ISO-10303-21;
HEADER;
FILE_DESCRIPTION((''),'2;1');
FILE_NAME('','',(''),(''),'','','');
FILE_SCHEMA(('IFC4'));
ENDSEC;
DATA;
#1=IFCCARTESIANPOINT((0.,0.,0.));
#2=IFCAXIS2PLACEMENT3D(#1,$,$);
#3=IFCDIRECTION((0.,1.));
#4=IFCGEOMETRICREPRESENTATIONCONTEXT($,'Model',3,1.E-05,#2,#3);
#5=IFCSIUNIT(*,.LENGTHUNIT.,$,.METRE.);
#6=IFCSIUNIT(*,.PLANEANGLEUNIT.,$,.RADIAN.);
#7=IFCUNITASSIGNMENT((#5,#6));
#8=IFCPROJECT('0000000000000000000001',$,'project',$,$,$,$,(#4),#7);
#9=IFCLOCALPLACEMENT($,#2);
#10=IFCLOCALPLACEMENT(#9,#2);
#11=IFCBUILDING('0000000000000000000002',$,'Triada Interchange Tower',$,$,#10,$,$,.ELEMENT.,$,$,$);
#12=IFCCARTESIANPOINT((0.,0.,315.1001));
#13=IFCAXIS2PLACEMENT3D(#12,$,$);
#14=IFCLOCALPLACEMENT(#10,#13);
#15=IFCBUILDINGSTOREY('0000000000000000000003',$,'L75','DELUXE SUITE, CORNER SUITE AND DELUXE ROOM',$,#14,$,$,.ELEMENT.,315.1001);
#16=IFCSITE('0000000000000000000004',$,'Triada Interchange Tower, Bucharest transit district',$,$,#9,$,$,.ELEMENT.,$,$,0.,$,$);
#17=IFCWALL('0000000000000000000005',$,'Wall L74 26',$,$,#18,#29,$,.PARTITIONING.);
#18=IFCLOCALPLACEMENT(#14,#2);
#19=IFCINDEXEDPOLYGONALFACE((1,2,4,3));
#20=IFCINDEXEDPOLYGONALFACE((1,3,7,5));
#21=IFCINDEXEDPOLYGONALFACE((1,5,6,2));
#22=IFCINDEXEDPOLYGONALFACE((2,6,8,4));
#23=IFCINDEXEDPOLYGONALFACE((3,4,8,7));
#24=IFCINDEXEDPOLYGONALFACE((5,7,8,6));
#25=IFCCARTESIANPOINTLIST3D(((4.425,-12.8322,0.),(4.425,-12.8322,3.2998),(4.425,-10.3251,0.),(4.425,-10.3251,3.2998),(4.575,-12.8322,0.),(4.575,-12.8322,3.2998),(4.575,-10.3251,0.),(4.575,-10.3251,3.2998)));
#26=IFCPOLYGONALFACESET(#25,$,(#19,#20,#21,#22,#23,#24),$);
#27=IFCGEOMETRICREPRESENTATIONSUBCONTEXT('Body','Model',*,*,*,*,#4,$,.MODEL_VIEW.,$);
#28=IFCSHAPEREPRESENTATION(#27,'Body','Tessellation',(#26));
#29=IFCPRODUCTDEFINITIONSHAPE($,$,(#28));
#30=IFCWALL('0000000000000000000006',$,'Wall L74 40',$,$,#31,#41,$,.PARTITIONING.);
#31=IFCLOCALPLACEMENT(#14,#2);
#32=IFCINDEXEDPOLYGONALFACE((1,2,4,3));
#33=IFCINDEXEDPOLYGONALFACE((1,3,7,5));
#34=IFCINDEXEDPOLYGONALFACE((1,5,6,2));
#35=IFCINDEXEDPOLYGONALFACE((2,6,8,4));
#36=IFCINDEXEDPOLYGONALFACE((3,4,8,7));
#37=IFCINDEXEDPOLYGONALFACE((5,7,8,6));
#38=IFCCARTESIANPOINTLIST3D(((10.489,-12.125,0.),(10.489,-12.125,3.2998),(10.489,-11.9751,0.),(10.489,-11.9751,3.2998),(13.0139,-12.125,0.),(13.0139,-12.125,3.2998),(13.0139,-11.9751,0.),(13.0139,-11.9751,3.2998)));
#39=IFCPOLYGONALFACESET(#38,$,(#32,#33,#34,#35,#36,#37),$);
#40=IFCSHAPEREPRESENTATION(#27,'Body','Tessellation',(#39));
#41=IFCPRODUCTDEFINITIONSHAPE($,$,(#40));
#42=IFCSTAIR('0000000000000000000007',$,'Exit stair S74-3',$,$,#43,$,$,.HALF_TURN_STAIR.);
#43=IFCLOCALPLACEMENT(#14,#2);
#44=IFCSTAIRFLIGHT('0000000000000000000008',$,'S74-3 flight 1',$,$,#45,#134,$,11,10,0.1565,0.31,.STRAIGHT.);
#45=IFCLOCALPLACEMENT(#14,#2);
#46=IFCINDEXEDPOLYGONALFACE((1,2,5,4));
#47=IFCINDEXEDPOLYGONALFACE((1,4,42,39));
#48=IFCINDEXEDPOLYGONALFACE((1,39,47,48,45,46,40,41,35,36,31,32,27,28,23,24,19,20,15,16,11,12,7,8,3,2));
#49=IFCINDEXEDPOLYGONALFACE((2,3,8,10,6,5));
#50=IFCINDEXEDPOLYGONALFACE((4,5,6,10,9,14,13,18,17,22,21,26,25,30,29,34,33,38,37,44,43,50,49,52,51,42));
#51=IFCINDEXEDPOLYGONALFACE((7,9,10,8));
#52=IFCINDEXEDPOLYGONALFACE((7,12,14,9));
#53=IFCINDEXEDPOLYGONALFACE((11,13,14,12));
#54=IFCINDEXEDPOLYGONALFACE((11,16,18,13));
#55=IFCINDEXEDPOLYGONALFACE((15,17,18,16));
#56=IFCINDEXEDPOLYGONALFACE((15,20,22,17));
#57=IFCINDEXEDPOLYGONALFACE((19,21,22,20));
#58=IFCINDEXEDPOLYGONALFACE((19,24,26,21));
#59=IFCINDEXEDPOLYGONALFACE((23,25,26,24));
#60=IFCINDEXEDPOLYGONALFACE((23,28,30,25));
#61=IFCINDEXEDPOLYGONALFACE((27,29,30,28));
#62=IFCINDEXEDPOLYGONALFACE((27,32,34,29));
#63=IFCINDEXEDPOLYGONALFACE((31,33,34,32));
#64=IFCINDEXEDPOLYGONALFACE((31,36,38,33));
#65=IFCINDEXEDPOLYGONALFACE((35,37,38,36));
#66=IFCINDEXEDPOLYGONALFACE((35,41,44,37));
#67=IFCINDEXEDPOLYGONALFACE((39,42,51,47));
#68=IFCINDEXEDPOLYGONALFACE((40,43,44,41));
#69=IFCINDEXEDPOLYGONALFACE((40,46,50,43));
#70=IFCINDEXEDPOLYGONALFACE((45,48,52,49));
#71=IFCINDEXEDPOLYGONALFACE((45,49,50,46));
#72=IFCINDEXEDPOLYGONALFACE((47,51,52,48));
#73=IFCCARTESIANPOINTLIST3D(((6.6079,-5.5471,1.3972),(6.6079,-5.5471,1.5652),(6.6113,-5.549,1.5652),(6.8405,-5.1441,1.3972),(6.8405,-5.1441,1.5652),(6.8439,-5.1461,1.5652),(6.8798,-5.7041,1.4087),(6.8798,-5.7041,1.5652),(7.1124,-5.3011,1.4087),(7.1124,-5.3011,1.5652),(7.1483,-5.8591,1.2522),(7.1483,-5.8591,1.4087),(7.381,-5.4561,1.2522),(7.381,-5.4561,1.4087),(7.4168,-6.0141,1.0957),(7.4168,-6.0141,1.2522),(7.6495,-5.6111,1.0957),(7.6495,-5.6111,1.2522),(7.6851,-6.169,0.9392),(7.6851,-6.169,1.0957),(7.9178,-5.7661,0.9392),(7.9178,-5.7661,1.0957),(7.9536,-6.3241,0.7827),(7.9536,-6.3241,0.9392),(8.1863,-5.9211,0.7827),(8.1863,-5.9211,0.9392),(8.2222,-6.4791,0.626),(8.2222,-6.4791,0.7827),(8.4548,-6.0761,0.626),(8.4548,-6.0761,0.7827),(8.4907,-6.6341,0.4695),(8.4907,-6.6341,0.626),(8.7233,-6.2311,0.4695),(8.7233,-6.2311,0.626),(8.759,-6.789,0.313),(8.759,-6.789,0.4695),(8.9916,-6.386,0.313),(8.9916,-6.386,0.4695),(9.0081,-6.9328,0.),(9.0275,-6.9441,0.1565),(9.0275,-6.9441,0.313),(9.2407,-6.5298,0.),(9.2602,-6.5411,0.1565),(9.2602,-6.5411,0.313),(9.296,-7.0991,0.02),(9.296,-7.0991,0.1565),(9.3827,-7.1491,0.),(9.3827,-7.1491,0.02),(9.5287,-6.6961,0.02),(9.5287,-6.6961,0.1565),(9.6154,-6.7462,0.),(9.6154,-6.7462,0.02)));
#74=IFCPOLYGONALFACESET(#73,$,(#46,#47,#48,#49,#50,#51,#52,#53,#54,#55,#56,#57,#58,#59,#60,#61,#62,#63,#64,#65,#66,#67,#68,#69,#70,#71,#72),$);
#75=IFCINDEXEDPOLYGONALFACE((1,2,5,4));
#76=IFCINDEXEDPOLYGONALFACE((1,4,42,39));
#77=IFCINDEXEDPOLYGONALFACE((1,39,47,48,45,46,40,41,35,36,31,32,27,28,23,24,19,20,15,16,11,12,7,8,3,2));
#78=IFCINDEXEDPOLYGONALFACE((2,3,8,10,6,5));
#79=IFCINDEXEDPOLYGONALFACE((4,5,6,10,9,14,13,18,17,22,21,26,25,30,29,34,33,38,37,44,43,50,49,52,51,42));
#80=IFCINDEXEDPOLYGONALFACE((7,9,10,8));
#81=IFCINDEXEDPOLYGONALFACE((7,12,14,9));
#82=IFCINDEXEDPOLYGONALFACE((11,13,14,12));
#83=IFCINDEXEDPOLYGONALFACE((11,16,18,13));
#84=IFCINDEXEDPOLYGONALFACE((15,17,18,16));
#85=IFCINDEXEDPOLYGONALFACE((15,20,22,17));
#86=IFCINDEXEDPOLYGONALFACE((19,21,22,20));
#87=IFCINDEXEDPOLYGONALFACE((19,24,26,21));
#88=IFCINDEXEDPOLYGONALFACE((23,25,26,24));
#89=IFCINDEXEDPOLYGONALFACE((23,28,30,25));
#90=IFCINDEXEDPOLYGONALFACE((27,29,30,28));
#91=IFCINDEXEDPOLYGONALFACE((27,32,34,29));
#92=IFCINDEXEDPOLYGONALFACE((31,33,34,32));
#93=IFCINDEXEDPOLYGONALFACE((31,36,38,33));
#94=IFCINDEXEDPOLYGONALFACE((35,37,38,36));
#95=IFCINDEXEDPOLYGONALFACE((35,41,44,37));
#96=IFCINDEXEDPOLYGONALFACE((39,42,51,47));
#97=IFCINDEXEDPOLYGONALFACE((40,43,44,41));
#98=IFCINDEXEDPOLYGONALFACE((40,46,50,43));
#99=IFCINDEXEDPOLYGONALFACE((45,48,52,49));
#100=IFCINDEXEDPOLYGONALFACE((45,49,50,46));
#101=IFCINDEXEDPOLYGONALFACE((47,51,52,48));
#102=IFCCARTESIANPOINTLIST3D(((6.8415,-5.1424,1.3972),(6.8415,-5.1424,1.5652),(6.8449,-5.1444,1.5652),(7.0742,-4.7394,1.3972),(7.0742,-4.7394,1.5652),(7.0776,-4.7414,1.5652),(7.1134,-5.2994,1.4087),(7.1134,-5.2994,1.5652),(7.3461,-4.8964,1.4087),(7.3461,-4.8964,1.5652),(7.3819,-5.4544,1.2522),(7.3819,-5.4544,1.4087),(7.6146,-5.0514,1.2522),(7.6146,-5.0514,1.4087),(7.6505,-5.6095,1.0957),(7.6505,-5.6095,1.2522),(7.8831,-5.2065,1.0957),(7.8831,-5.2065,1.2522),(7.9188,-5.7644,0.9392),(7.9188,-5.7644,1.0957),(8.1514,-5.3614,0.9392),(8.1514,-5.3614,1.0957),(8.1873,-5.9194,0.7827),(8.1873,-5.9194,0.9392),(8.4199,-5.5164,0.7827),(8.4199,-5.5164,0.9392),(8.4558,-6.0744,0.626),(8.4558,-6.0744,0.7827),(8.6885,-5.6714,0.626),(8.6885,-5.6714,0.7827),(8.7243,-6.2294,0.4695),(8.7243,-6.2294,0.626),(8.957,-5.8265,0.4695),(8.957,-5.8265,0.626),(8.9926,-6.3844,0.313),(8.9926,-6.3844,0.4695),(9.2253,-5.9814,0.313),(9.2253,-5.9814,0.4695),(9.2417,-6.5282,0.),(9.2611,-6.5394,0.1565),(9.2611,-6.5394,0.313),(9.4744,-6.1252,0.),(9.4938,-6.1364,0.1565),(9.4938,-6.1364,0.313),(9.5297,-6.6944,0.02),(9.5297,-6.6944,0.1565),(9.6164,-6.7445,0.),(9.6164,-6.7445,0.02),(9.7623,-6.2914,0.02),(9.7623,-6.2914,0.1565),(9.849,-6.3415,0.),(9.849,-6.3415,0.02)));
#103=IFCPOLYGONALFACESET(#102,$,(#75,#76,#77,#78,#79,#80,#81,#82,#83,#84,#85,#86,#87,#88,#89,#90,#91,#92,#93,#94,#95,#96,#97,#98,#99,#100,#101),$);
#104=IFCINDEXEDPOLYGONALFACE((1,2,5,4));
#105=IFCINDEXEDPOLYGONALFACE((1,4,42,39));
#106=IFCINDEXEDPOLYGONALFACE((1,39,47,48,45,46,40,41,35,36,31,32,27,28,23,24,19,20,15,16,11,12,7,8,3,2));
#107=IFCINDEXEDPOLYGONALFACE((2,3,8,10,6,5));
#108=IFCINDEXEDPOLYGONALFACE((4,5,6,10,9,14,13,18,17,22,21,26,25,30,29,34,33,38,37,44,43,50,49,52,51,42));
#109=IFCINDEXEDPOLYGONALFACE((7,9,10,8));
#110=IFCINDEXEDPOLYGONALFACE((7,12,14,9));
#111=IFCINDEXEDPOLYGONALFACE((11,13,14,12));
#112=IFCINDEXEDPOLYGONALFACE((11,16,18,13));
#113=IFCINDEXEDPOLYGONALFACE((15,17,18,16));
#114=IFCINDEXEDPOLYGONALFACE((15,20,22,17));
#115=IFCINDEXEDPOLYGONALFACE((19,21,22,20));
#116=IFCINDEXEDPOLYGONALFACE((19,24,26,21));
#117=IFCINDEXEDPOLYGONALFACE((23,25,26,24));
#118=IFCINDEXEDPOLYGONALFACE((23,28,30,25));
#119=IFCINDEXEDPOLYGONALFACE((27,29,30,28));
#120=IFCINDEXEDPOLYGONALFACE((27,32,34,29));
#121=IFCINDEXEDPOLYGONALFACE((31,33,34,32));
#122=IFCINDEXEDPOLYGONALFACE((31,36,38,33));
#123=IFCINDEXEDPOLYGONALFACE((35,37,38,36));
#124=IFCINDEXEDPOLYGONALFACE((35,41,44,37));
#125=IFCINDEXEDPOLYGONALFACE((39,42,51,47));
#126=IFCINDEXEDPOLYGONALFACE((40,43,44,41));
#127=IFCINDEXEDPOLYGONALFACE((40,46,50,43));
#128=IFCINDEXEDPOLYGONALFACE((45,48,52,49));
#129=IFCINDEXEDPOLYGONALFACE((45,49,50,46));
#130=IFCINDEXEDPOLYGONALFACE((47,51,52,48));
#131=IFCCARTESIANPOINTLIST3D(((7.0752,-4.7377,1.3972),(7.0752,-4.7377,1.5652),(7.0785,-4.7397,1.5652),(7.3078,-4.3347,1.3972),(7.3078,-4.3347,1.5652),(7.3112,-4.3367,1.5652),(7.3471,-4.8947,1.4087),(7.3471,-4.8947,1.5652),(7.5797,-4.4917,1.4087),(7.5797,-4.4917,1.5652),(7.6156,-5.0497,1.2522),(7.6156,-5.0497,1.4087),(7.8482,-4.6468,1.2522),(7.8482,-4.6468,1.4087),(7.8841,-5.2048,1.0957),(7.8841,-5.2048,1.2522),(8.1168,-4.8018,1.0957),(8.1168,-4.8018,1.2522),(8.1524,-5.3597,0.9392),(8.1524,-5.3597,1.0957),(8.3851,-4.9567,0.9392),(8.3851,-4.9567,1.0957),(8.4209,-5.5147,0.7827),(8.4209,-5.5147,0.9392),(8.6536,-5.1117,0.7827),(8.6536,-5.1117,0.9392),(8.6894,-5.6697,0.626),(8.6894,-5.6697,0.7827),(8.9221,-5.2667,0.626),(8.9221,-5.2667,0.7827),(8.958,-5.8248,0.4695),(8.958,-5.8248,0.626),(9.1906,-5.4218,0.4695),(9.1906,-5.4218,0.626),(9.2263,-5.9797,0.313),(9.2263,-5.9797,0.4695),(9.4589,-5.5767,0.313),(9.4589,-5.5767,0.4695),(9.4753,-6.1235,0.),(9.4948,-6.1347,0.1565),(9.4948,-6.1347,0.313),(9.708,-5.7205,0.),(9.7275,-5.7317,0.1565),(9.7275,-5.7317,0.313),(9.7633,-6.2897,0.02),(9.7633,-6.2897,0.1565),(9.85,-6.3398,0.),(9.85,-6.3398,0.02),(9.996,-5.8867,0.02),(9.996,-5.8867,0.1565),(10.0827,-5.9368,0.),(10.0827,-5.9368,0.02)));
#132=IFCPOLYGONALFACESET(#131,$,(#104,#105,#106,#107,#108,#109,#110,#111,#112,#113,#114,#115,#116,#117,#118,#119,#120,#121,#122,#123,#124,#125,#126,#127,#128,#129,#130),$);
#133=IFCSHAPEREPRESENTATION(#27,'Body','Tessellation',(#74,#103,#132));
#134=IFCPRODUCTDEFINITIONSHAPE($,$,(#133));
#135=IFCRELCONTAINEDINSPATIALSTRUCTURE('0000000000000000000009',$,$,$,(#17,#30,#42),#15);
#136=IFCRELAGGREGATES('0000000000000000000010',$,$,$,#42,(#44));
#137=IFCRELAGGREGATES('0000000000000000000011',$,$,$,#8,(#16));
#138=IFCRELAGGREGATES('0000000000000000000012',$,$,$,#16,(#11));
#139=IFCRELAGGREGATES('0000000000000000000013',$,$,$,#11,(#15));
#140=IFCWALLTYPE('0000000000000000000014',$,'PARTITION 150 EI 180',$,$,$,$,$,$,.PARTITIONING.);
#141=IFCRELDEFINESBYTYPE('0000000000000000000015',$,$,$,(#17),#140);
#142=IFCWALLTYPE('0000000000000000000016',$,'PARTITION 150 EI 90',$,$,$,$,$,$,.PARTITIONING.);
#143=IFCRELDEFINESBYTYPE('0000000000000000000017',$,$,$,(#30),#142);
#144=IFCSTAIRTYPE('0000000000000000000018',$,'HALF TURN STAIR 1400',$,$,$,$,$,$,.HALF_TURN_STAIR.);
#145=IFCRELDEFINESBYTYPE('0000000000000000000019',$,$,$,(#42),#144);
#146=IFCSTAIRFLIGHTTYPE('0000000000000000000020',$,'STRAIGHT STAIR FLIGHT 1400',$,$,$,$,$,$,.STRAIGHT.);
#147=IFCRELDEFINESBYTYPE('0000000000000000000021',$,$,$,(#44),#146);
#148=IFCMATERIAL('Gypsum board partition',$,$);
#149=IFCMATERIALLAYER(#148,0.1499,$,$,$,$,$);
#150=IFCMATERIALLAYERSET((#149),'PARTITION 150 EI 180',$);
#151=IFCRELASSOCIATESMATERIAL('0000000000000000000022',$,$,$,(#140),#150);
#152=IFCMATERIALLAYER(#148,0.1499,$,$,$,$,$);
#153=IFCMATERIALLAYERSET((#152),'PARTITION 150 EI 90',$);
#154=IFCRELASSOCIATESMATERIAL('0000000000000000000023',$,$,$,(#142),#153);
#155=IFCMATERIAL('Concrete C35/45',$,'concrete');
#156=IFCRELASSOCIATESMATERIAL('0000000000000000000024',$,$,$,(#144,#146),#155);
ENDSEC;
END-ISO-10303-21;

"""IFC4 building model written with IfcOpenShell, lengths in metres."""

from ifc_helpers import new_model, si_unit, direction, frame, frame_2d, origin, place, context, subcontext, project, spatial, polyline, rectangle, outline, extrude, material, layer, layer_set, type_object, element, aggregate, save


model = new_model("IFC4")

# Units and contexts
model_context = context("Model", 3, precision=1e-05, world=origin(), true_north=direction((0.0, 1.0)))
body_context = subcontext(model_context, "Body", "Model", "MODEL_VIEW")
ifc_project = project(units=[si_unit("LENGTHUNIT", "METRE"), si_unit("PLANEANGLEUNIT", "RADIAN")], contexts=[model_context])

# Site, building, storey
site_placement = place(None, origin())
site = spatial("IfcSite", under=ifc_project, at=site_placement, Name="Triada Interchange Tower, Bucharest transit district", CompositionType="ELEMENT", RefElevation=0.0)
building_placement = place(site_placement, origin())
building = spatial("IfcBuilding", under=site, at=building_placement, Name="Triada Interchange Tower", CompositionType="ELEMENT")
storey_placement = place(building_placement, frame((0.0, 0.0, 315.1001)))
storey = spatial("IfcBuildingStorey", under=building, at=storey_placement, Name="L75", Description="DELUXE SUITE, CORNER SUITE AND DELUXE ROOM", CompositionType="ELEMENT", Elevation=315.1001)

# Walls
ifc_material_1 = material(Name="Gypsum board partition")
ifc_layer_1 = layer(ifc_material_1, 0.1499)
ifc_layer_set_1 = layer_set([ifc_layer_1], Name="PARTITION 150 EI 180")
wall_type_1 = type_object("IfcWallType", Name="PARTITION 150 EI 180", PredefinedType="PARTITIONING", material=ifc_layer_set_1)
for number, where, z_axis, x_axis, name in (
    (1, (4.5, -12.832, 0.0), (0.0, 0.0, 1.0), (0.0, 1.0, 0.0), "Wall L74 26"),
):
    element("IfcWall", number, at=place(storey_placement, frame(where, z_axis=z_axis, x_axis=x_axis)), inside=storey, type_object=wall_type_1, Name=name, PredefinedType="PARTITIONING", context=body_context, shape_type="SweptSolid", body=[
        extrude(rectangle(XDim=2.5071, YDim=0.1499, at=frame_2d((1.2534, 0.0))), origin(), (0.0, 0.0, 1.0), 3.2998),
    ])
ifc_layer_2 = layer(ifc_material_1, 0.1499)
ifc_layer_set_2 = layer_set([ifc_layer_2], Name="PARTITION 150 EI 90")
wall_type_2 = type_object("IfcWallType", Name="PARTITION 150 EI 90", PredefinedType="PARTITIONING", material=ifc_layer_set_2)
wall_1_placement = place(storey_placement, frame((10.489, -12.05, 0.0), z_axis=(0.0, 0.0, 1.0), x_axis=(1.0, 0.0, 0.0)))
element("IfcWall", 2, at=wall_1_placement, inside=storey, type_object=wall_type_2, Name="Wall L74 40", PredefinedType="PARTITIONING", context=body_context, shape_type="SweptSolid", body=[
    extrude(rectangle(XDim=2.5249, YDim=0.1499, at=frame_2d((1.2625, 0.0))), origin(), (0.0, 0.0, 1.0), 3.2998),
])

# Stair, stair flight
ifc_material_2 = material(Name="Concrete C35/45", Category="concrete")
stair_type = type_object("IfcStairType", Name="HALF TURN STAIR 1400", PredefinedType="HALF_TURN_STAIR", material=ifc_material_2)
stair_placement = place(storey_placement, origin())
stair = element("IfcStair", 3, at=stair_placement, inside=storey, type_object=stair_type, Name="Exit stair S74-3", PredefinedType="HALF_TURN_STAIR")
stair_flight_type = type_object("IfcStairFlightType", Name="STRAIGHT STAIR FLIGHT 1400", PredefinedType="STRAIGHT", material=ifc_material_2)
stair_flight_1_placement = place(storey_placement, frame((9.646, -6.4929, 0.0), z_axis=(0.0, 0.0, 1.0), x_axis=(-0.866025, 0.5, 0.0)))
stair_flight_1 = element("IfcStairFlight", 4, at=stair_flight_1_placement, type_object=stair_flight_type, Name="S74-3 flight 1", NumberOfRisers=11, NumberOfTreads=10, PredefinedType="STRAIGHT", RiserHeight=0.1565, TreadLength=0.31, context=body_context, shape_type="SweptSolid", body=[
    extrude(outline(polyline([(-0.1001, 0.0), (-0.1001, 0.02), (0.0, 0.02), (0.0, 0.1565), (0.3101, 0.1565), (0.3101, 0.313), (0.6201, 0.313), (0.6201, 0.4695), (0.9299, 0.4695), (0.9299, 0.626), (1.24, 0.626), (1.24, 0.7827), (1.55, 0.7827), (1.55, 0.9392), (1.8601, 0.9392), (1.8601, 1.0957), (2.1699, 1.0957), (2.1699, 1.2522), (2.48, 1.2522), (2.48, 1.4087), (2.79, 1.4087), (2.79, 1.5652), (3.1001, 1.5652), (3.104, 1.5652), (3.104, 1.7217), (3.104, 1.3972), (0.3325, 0.0), (-0.1001, 0.0)])), frame((0.0, 0.7, 0.0), z_axis=(0.0, -1.0, 0.0), x_axis=(1.0, 0.0, 0.0)), (0.0, 0.0, 1.0), 0.4653),
    extrude(outline(polyline([(-0.1001, 0.0), (-0.1001, 0.02), (0.0, 0.02), (0.0, 0.1565), (0.3101, 0.1565), (0.3101, 0.313), (0.6201, 0.313), (0.6201, 0.4695), (0.9299, 0.4695), (0.9299, 0.626), (1.24, 0.626), (1.24, 0.7827), (1.55, 0.7827), (1.55, 0.9392), (1.8601, 0.9392), (1.8601, 1.0957), (2.1699, 1.0957), (2.1699, 1.2522), (2.48, 1.2522), (2.48, 1.4087), (2.79, 1.4087), (2.79, 1.5652), (3.1001, 1.5652), (3.104, 1.5652), (3.104, 1.7217), (3.104, 1.3972), (0.3325, 0.0), (-0.1001, 0.0)])), frame((0.0, 0.2327, 0.0), z_axis=(0.0, -1.0, 0.0), x_axis=(1.0, 0.0, 0.0)), (0.0, 0.0, 1.0), 0.4653),
    extrude(outline(polyline([(-0.1001, 0.0), (-0.1001, 0.02), (0.0, 0.02), (0.0, 0.1565), (0.3101, 0.1565), (0.3101, 0.313), (0.6201, 0.313), (0.6201, 0.4695), (0.9299, 0.4695), (0.9299, 0.626), (1.24, 0.626), (1.24, 0.7827), (1.55, 0.7827), (1.55, 0.9392), (1.8601, 0.9392), (1.8601, 1.0957), (2.1699, 1.0957), (2.1699, 1.2522), (2.48, 1.2522), (2.48, 1.4087), (2.79, 1.4087), (2.79, 1.5652), (3.1001, 1.5652), (3.104, 1.5652), (3.104, 1.7217), (3.104, 1.3972), (0.3325, 0.0), (-0.1001, 0.0)])), frame((0.0, -0.2346, 0.0), z_axis=(0.0, -1.0, 0.0), x_axis=(1.0, 0.0, 0.0)), (0.0, 0.0, 1.0), 0.4653),
])
aggregate(stair, [stair_flight_1])

save(model, "model.ifc")
